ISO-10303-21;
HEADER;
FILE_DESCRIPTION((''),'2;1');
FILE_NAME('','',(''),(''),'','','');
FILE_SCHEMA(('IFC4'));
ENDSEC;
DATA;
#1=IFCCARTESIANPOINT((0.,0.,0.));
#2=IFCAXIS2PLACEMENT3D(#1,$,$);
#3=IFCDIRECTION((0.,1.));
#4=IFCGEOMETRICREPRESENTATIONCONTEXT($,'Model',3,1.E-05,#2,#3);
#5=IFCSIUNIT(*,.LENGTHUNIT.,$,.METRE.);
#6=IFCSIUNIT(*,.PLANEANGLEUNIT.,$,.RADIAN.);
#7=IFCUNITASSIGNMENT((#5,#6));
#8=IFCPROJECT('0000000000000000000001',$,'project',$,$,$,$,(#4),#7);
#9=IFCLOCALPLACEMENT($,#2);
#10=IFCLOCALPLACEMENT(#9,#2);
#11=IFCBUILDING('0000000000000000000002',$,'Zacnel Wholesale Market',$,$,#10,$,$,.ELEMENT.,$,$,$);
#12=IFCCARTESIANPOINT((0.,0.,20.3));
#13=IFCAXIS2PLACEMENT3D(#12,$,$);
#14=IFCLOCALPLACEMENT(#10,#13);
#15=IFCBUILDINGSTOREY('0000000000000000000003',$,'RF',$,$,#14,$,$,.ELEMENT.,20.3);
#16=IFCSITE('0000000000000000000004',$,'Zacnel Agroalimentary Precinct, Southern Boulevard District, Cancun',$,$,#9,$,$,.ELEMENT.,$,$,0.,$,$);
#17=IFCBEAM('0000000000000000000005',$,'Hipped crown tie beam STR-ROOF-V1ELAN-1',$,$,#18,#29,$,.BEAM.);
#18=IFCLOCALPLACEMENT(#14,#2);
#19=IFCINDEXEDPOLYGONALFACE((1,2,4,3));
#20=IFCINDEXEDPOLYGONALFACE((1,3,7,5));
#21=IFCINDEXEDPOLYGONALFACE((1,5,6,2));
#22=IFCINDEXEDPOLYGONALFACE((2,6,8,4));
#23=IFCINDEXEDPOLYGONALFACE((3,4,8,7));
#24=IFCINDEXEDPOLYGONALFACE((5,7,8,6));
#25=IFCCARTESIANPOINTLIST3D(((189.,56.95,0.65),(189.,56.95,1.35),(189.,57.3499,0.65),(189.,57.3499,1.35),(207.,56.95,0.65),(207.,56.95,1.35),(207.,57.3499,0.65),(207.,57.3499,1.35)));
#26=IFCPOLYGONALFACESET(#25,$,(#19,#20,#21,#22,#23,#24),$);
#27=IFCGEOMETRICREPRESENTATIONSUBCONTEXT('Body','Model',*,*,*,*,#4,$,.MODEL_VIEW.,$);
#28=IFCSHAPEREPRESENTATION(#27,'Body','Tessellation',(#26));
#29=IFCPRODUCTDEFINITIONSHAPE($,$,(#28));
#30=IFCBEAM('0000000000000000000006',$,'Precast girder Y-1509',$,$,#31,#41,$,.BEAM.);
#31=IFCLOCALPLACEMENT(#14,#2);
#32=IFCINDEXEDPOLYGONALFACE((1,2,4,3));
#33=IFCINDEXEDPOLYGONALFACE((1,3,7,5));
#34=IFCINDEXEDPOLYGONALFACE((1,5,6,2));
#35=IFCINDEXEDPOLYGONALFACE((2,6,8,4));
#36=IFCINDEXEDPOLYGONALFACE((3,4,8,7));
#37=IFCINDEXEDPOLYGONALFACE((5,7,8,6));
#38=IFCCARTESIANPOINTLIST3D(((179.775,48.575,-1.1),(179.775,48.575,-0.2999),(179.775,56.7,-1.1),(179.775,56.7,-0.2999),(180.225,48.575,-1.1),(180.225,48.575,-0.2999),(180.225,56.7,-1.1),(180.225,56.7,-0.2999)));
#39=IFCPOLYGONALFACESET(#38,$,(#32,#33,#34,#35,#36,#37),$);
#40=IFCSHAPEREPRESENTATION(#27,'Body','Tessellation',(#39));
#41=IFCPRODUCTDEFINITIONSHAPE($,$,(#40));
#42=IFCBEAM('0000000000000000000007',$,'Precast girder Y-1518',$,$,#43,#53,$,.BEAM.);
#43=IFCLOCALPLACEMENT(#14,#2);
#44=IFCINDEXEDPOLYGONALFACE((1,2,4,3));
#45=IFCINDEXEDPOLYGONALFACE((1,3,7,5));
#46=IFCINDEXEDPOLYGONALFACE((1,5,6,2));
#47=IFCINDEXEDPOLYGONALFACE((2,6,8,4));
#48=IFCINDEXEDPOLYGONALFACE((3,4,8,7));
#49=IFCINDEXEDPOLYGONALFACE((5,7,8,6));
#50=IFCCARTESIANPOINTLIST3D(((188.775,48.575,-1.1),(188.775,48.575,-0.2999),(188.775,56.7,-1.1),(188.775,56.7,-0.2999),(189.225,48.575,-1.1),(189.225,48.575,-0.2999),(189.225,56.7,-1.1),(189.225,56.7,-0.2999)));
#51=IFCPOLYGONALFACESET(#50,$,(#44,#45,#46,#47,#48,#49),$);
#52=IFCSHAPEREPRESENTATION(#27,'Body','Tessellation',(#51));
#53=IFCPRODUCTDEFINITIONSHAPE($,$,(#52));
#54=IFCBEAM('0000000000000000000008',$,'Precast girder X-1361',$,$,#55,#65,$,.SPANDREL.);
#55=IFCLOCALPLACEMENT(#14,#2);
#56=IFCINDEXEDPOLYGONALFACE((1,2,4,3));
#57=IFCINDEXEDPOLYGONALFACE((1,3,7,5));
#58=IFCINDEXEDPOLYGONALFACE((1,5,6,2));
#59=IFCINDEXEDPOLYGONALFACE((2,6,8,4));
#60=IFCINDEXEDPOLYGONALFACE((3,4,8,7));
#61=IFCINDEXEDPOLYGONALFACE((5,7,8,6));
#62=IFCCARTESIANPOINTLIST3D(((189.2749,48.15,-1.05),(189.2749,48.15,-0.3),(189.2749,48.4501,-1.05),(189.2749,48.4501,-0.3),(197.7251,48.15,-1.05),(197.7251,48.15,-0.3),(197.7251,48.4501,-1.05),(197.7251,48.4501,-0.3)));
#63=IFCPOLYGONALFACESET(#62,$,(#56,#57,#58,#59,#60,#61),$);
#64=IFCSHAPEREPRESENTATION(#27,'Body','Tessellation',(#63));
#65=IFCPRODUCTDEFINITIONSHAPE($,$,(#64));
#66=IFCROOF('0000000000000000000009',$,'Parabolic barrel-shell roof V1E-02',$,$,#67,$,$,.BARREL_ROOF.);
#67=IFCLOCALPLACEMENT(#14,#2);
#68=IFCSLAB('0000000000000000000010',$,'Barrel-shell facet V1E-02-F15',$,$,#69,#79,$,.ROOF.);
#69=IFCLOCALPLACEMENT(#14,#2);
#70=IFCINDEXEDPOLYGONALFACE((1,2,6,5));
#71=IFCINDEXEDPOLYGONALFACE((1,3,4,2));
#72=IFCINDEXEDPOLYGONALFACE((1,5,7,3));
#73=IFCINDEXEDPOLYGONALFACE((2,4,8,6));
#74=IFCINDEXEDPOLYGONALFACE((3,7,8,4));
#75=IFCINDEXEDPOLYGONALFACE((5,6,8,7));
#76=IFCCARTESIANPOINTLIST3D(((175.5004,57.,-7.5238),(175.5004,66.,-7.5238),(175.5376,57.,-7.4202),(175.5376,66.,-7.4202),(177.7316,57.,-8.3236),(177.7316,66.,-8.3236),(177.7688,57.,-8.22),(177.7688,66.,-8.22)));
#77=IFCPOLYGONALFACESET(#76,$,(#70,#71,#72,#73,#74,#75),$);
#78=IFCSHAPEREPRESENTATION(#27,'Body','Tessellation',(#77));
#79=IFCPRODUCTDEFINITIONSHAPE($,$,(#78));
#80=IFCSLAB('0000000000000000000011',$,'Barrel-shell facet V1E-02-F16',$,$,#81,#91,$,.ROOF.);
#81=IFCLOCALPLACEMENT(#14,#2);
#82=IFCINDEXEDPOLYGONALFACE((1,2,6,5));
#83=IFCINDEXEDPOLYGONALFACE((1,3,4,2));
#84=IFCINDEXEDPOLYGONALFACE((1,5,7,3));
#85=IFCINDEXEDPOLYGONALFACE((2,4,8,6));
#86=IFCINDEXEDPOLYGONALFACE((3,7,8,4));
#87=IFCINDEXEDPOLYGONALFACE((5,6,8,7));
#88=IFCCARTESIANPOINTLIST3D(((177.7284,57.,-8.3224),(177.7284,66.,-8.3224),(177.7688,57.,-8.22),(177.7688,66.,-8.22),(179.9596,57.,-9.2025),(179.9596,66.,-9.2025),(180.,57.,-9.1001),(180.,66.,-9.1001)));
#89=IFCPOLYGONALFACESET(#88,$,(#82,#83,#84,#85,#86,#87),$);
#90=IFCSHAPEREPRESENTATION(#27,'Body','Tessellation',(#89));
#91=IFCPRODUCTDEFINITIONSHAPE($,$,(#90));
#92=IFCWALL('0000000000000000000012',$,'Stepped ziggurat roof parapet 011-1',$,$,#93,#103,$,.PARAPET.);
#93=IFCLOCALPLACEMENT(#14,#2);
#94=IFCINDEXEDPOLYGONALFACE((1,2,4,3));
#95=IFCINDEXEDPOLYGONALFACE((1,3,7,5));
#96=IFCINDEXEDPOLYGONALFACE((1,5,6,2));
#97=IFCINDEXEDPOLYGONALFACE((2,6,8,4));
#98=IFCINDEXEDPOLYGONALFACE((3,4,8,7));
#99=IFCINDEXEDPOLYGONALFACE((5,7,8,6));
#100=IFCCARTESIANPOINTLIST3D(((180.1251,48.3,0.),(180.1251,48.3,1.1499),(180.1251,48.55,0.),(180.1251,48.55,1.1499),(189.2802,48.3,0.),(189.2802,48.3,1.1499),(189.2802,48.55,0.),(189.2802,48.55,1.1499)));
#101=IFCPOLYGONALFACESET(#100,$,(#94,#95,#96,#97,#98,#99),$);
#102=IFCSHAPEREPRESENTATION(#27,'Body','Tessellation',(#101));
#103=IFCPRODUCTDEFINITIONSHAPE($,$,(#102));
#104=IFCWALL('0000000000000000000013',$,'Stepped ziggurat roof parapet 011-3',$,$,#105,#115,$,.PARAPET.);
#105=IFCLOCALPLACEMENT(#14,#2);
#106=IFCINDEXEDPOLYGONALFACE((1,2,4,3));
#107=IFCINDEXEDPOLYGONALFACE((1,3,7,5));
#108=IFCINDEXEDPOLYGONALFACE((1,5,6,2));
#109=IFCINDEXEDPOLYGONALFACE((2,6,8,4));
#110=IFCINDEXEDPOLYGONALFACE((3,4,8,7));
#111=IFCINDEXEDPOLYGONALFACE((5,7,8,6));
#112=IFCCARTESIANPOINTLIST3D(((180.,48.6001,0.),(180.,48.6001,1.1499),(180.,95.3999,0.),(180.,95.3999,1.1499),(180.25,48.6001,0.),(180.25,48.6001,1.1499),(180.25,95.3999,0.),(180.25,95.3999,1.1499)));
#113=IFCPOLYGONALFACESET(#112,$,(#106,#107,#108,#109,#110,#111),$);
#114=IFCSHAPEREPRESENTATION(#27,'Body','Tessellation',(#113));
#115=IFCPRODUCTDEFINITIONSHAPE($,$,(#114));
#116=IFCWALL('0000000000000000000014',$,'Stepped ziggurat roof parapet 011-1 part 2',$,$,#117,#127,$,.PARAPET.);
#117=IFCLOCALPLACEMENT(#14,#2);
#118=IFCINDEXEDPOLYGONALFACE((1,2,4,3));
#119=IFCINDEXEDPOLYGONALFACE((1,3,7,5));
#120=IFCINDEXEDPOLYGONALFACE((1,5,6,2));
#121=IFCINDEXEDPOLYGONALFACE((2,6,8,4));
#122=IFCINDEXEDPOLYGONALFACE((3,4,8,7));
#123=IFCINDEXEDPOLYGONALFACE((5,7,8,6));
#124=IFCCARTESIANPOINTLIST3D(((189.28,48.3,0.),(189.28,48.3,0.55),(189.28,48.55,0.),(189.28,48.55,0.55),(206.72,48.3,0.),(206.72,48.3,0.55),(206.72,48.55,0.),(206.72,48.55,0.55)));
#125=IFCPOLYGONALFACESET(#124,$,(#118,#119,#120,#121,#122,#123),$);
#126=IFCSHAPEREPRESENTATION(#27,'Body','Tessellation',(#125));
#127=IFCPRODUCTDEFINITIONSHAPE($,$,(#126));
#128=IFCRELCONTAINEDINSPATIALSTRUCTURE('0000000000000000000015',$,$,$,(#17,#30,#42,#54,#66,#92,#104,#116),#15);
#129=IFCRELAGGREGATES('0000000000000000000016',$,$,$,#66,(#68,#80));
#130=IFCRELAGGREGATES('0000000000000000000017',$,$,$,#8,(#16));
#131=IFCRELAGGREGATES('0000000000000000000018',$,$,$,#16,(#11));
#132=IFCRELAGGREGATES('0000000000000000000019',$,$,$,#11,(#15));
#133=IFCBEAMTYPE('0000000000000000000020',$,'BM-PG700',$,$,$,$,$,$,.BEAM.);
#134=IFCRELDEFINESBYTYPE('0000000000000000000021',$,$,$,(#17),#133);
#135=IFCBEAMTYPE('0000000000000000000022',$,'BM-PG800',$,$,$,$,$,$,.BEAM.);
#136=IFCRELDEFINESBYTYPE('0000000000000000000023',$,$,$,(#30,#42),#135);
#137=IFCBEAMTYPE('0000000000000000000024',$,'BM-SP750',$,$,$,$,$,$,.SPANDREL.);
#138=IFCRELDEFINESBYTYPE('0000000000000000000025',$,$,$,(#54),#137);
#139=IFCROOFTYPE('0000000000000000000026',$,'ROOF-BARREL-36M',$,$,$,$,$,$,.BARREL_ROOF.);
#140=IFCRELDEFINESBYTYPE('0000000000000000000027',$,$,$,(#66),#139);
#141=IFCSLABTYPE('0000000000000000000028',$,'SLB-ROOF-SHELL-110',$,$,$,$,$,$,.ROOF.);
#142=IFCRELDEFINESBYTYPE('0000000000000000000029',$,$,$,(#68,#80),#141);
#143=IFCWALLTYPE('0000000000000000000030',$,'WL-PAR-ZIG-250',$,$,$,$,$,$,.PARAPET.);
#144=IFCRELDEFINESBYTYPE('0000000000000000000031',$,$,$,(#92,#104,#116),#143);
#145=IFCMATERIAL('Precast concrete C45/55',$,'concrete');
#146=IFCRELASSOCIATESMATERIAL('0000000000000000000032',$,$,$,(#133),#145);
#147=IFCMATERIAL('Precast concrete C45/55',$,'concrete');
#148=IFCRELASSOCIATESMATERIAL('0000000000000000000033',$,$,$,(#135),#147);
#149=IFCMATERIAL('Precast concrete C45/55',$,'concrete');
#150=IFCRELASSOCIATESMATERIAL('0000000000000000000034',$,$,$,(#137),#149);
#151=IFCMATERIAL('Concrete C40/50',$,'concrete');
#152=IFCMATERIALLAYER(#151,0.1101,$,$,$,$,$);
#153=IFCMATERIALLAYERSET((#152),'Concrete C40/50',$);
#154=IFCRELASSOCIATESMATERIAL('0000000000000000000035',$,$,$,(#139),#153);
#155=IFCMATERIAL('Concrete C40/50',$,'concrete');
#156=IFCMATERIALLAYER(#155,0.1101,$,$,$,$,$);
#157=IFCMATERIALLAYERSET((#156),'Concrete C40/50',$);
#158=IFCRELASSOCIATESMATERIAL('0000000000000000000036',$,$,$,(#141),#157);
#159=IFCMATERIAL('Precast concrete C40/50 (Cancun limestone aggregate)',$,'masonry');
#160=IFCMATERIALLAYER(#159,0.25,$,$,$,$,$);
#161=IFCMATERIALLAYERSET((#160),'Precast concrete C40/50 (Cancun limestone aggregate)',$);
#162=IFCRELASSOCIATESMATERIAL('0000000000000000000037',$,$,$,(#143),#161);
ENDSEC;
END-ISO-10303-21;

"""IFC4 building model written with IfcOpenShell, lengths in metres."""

from ifc_helpers import new_model, si_unit, direction, frame, frame_2d, origin, origin_2d, place, context, subcontext, project, spatial, polyline, rectangle, outline, extrude, material, layer, layer_set, material_profile, profile_set, type_object, element, aggregate, save


model = new_model("IFC4")

# Units and contexts
model_context = context("Model", 3, precision=1e-05, world=origin(), true_north=direction((0.0, 1.0)))
body_context = subcontext(model_context, "Body", "Model", "MODEL_VIEW")
ifc_project = project(units=[si_unit("LENGTHUNIT", "METRE"), si_unit("PLANEANGLEUNIT", "RADIAN")], contexts=[model_context])

# Site, building, storey
site_placement = place(None, origin())
site = spatial("IfcSite", under=ifc_project, at=site_placement, Name="Zacnel Agroalimentary Precinct, Southern Boulevard District, Cancun", CompositionType="ELEMENT", RefElevation=0.0)
building_placement = place(site_placement, origin())
building = spatial("IfcBuilding", under=site, at=building_placement, Name="Zacnel Wholesale Market", CompositionType="ELEMENT")
storey_placement = place(building_placement, frame((0.0, 0.0, 20.3)))
storey = spatial("IfcBuildingStorey", under=building, at=storey_placement, Name="RF", CompositionType="ELEMENT", Elevation=20.3)

# Beams
ifc_material_1 = material(Name="Precast concrete C45/55", Category="concrete")
ifc_material_profile_1 = material_profile(ifc_material_1, rectangle(XDim=0.3999, YDim=0.7, at=origin_2d()), Name="PG 400x700")
ifc_profile_set_1 = profile_set([ifc_material_profile_1], Name="Precast concrete C45/55")
beam_type_1 = type_object("IfcBeamType", Name="BM-PG700", PredefinedType="BEAM", material=ifc_profile_set_1)
beam_1_placement = place(storey_placement, frame((189.0, 57.1499, 1.0), z_axis=(1.0, 0.0, 0.0), x_axis=(0.0, 1.0, 0.0)))
element("IfcBeam", 1, at=beam_1_placement, inside=storey, type_object=beam_type_1, Name="Hipped crown tie beam STR-ROOF-V1ELAN-1", PredefinedType="BEAM", context=body_context, shape_type="SweptSolid", body=[
    extrude(rectangle(XDim=0.3999, YDim=0.7, at=origin_2d()), origin(), (0.0, 0.0, 1.0), 18.0),
])
ifc_material_2 = material(Name="Precast concrete C45/55", Category="concrete")
ifc_material_profile_2 = material_profile(ifc_material_2, rectangle(XDim=0.45, YDim=0.8, at=origin_2d()), Name="PG 450x800")
ifc_profile_set_2 = profile_set([ifc_material_profile_2], Name="Precast concrete C45/55")
beam_type_2 = type_object("IfcBeamType", Name="BM-PG800", PredefinedType="BEAM", material=ifc_profile_set_2)
for number, where, z_axis, x_axis, name in (
    (2, (180.0, 48.575, -0.7), (0.0, 1.0, 0.0), (-1.0, 0.0, 0.0), "Precast girder Y-1509"),
    (3, (189.0, 48.575, -0.7), (0.0, 1.0, 0.0), (-1.0, 0.0, 0.0), "Precast girder Y-1518"),
):
    element("IfcBeam", number, at=place(storey_placement, frame(where, z_axis=z_axis, x_axis=x_axis)), inside=storey, type_object=beam_type_2, Name=name, PredefinedType="BEAM", context=body_context, shape_type="SweptSolid", body=[
        extrude(rectangle(XDim=0.45, YDim=0.8, at=origin_2d()), origin(), (0.0, 0.0, 1.0), 8.125),
    ])
ifc_material_3 = material(Name="Precast concrete C45/55", Category="concrete")
ifc_material_profile_3 = material_profile(ifc_material_3, rectangle(XDim=0.3, YDim=0.75, at=origin_2d()), Name="SP 300x750")
ifc_profile_set_3 = profile_set([ifc_material_profile_3], Name="Precast concrete C45/55")
beam_type_3 = type_object("IfcBeamType", Name="BM-SP750", PredefinedType="SPANDREL", material=ifc_profile_set_3)
beam_2_placement = place(storey_placement, frame((189.2749, 48.3, -0.675), z_axis=(1.0, 0.0, 0.0), x_axis=(0.0, 1.0, 0.0)))
element("IfcBeam", 4, at=beam_2_placement, inside=storey, type_object=beam_type_3, Name="Precast girder X-1361", PredefinedType="SPANDREL", context=body_context, shape_type="SweptSolid", body=[
    extrude(rectangle(XDim=0.3, YDim=0.75, at=origin_2d()), origin(), (0.0, 0.0, 1.0), 8.4502),
])

# Roof, slabs
ifc_material_4 = material(Name="Concrete C40/50", Category="concrete")
ifc_layer_1 = layer(ifc_material_4, 0.1101)
ifc_layer_set_1 = layer_set([ifc_layer_1], Name="Concrete C40/50")
roof_type = type_object("IfcRoofType", Name="ROOF-BARREL-36M", PredefinedType="BARREL_ROOF", material=ifc_layer_set_1)
roof_placement = place(storey_placement, origin())
roof = element("IfcRoof", 5, at=roof_placement, inside=storey, type_object=roof_type, Name="Parabolic barrel-shell roof V1E-02", PredefinedType="BARREL_ROOF")
ifc_material_5 = material(Name="Concrete C40/50", Category="concrete")
ifc_layer_2 = layer(ifc_material_5, 0.1101)
ifc_layer_set_2 = layer_set([ifc_layer_2], Name="Concrete C40/50")
slab_type = type_object("IfcSlabType", Name="SLB-ROOF-SHELL-110", PredefinedType="ROOF", material=ifc_layer_set_2)
slab_1_placement = place(storey_placement, frame((175.5376, 57.0, -7.4202), z_axis=(0.337439, 0.0, 0.941347), x_axis=(0.0, 1.0, 0.0)))
slab_1 = element("IfcSlab", 6, at=slab_1_placement, type_object=slab_type, Name="Barrel-shell facet V1E-02-F15", PredefinedType="ROOF", context=body_context, shape_type="SweptSolid", body=[
    extrude(outline(polyline([(0.0, 0.0), (9.0, 0.0), (9.0, -2.3702), (0.0, -2.3702), (0.0, 0.0)])), origin(), (0.0, 0.0, -1.0), 0.1101),
])
slab_2_placement = place(storey_placement, frame((177.7688, 57.0, -8.22), z_axis=(0.366946, 0.0, 0.930242), x_axis=(0.0, 1.0, 0.0)))
slab_2 = element("IfcSlab", 7, at=slab_2_placement, type_object=slab_type, Name="Barrel-shell facet V1E-02-F16", PredefinedType="ROOF", context=body_context, shape_type="SweptSolid", body=[
    extrude(outline(polyline([(0.0, 0.0), (9.0, 0.0), (9.0, -2.3985), (0.0, -2.3985), (0.0, 0.0)])), origin(), (0.0, 0.0, -1.0), 0.1101),
])
aggregate(roof, [slab_1, slab_2])

# Walls
ifc_material_6 = material(Name="Precast concrete C40/50 (Cancun limestone aggregate)", Category="masonry")
ifc_layer_3 = layer(ifc_material_6, 0.25)
ifc_layer_set_3 = layer_set([ifc_layer_3], Name="Precast concrete C40/50 (Cancun limestone aggregate)")
wall_type = type_object("IfcWallType", Name="WL-PAR-ZIG-250", PredefinedType="PARAPET", material=ifc_layer_set_3)
wall_1_placement = place(storey_placement, frame((180.125, 48.425, 0.0), z_axis=(0.0, 0.0, 1.0), x_axis=(1.0, 0.0, 0.0)))
element("IfcWall", 8, at=wall_1_placement, inside=storey, type_object=wall_type, Name="Stepped ziggurat roof parapet 011-1", PredefinedType="PARAPET", context=body_context, shape_type="SweptSolid", body=[
    extrude(rectangle(XDim=9.155, YDim=0.25, at=frame_2d((4.5776, 0.0))), origin(), (0.0, 0.0, 1.0), 1.1499),
])
wall_2_placement = place(storey_placement, frame((180.125, 48.6001, 0.0), z_axis=(0.0, 0.0, 1.0), x_axis=(0.0, 1.0, 0.0)))
element("IfcWall", 9, at=wall_2_placement, inside=storey, type_object=wall_type, Name="Stepped ziggurat roof parapet 011-3", PredefinedType="PARAPET", context=body_context, shape_type="SweptSolid", body=[
    extrude(rectangle(XDim=46.7998, YDim=0.25, at=frame_2d((23.3999, 0.0))), origin(), (0.0, 0.0, 1.0), 1.1499),
])
wall_3_placement = place(storey_placement, frame((189.28, 48.425, 0.0), z_axis=(0.0, 0.0, 1.0), x_axis=(1.0, 0.0, 0.0)))
element("IfcWall", 10, at=wall_3_placement, inside=storey, type_object=wall_type, Name="Stepped ziggurat roof parapet 011-1 part 2", PredefinedType="PARAPET", context=body_context, shape_type="SweptSolid", body=[
    extrude(rectangle(XDim=17.4399, YDim=0.25, at=frame_2d((8.72, 0.0))), origin(), (0.0, 0.0, 1.0), 0.55),
])

save(model, "model.ifc")
